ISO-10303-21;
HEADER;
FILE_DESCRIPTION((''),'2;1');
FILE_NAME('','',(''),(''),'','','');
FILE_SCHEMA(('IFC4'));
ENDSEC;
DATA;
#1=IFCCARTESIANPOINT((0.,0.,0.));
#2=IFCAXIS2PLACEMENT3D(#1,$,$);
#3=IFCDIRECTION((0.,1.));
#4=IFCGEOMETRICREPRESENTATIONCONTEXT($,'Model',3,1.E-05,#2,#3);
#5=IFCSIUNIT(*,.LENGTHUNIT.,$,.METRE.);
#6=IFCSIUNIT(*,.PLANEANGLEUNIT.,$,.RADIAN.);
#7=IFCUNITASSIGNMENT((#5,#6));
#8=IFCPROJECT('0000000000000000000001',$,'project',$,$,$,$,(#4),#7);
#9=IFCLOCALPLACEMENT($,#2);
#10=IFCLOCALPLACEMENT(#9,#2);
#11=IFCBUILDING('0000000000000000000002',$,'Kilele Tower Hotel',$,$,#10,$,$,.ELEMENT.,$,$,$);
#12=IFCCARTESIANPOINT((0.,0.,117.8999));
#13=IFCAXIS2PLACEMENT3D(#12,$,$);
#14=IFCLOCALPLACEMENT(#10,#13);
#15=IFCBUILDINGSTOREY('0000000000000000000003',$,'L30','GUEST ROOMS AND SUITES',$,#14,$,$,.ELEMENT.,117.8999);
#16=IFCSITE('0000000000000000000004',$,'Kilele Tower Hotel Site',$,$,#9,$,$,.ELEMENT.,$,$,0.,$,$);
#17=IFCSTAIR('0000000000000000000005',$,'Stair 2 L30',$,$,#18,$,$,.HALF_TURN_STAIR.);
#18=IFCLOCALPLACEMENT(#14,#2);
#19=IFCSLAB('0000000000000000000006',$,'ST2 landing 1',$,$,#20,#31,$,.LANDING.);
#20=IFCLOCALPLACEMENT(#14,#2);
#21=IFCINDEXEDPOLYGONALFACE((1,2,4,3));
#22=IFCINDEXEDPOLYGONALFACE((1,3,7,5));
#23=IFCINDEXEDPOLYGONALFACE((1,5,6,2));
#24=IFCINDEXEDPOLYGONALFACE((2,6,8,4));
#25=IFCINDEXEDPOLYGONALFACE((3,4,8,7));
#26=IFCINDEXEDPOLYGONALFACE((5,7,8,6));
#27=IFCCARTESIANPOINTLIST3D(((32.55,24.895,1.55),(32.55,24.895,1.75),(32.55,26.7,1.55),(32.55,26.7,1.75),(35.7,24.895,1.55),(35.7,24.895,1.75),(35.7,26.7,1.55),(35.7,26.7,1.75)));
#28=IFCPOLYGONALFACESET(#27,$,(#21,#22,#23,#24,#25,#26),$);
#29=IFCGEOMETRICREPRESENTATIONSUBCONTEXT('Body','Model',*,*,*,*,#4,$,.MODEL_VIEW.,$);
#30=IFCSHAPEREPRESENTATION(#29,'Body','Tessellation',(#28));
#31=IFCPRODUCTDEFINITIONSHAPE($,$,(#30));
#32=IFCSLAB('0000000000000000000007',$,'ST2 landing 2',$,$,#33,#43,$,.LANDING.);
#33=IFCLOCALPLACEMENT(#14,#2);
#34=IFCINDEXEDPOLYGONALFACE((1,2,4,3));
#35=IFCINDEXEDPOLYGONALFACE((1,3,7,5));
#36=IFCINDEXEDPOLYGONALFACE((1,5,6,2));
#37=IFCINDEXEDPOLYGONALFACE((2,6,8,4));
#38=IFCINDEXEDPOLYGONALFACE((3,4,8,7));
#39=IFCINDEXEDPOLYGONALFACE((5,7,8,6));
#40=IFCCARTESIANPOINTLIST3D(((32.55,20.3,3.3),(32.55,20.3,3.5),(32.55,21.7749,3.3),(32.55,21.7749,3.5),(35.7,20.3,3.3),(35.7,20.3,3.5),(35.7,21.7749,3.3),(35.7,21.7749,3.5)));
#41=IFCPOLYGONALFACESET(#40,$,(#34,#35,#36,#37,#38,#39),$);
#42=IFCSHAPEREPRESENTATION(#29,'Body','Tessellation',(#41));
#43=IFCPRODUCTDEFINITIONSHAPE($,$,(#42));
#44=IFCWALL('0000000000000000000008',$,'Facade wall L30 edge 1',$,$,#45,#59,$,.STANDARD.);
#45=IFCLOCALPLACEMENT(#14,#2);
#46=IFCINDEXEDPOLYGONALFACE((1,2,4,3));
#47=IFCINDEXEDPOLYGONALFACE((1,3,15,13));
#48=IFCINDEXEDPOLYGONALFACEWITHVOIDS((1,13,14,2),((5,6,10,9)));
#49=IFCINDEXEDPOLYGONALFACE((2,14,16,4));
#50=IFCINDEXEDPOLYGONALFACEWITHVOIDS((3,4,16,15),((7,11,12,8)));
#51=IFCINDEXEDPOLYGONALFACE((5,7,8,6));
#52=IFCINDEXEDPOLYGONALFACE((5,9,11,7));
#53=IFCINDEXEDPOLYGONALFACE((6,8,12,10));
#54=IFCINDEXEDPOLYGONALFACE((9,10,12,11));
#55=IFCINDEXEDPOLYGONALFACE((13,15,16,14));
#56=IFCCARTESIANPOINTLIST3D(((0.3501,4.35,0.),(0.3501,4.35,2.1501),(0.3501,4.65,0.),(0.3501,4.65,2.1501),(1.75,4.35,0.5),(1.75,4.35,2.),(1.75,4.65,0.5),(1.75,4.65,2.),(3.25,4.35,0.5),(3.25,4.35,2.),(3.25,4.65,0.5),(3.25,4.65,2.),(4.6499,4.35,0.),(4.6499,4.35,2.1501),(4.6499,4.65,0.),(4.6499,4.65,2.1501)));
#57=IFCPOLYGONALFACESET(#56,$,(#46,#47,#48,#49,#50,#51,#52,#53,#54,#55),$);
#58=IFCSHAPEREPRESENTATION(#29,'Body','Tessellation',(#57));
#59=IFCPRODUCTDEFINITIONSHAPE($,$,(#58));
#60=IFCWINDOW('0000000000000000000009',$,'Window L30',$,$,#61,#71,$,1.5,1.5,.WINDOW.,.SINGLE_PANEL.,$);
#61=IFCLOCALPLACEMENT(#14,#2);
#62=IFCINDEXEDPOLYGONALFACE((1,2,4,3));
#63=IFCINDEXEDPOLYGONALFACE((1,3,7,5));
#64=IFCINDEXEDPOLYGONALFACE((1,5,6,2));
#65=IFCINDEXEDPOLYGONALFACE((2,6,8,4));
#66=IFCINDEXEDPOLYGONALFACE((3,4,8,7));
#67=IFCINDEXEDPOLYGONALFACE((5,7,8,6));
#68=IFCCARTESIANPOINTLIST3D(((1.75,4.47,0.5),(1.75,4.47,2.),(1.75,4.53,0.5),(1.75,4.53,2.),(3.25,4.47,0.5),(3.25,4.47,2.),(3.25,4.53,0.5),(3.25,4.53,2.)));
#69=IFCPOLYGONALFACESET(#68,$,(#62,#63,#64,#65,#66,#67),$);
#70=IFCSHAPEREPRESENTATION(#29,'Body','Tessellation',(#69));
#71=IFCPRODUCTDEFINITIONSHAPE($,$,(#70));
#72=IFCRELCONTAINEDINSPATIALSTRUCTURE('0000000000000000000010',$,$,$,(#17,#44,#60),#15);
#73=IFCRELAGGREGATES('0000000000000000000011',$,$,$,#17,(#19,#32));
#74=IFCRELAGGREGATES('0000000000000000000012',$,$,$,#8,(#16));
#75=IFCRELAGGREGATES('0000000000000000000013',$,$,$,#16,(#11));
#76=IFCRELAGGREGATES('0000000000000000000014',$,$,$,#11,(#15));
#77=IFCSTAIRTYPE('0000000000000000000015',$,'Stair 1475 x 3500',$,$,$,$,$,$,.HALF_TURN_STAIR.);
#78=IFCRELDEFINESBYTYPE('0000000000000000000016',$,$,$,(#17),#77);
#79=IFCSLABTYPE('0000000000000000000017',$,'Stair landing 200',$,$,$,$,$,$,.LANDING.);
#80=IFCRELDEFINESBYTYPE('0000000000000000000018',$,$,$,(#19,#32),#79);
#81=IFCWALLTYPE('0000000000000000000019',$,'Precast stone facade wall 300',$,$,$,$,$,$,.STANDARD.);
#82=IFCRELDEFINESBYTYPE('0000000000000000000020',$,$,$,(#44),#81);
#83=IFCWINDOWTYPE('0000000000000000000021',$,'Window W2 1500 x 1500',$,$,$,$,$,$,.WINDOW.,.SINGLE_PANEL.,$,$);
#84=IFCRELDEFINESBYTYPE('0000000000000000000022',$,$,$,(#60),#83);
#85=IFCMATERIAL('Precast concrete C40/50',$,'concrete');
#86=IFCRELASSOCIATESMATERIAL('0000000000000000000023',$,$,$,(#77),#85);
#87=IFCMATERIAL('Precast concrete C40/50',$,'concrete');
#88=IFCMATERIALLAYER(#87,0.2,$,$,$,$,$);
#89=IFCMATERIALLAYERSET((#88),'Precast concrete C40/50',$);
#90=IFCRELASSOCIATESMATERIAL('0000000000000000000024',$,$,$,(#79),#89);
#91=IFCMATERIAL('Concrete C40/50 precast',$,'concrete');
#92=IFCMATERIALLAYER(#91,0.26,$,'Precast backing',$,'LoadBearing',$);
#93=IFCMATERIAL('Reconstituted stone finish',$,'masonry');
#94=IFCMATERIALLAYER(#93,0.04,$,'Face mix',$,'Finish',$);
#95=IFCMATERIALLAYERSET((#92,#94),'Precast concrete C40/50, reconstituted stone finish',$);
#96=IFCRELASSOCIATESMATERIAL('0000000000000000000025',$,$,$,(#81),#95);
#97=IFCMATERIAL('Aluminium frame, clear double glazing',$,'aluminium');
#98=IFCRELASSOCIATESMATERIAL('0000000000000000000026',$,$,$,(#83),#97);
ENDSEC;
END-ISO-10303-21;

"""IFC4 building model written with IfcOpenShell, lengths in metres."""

from ifc_helpers import new_model, si_unit, direction, frame, frame_2d, origin, place, context, subcontext, project, spatial, polyline, rectangle, outline, extrude, material, layer, layer_set, type_object, element, fill, aggregate, save


model = new_model("IFC4")

# Units and contexts
model_context = context("Model", 3, precision=1e-05, world=origin(), true_north=direction((0.0, 1.0)))
body_context = subcontext(model_context, "Body", "Model", "MODEL_VIEW")
ifc_project = project(units=[si_unit("LENGTHUNIT", "METRE"), si_unit("PLANEANGLEUNIT", "RADIAN")], contexts=[model_context])

# Site, building, storey
site_placement = place(None, origin())
site = spatial("IfcSite", under=ifc_project, at=site_placement, Name="Kilele Tower Hotel Site", CompositionType="ELEMENT", RefElevation=0.0)
building_placement = place(site_placement, origin())
building = spatial("IfcBuilding", under=site, at=building_placement, Name="Kilele Tower Hotel", CompositionType="ELEMENT")
storey_placement = place(building_placement, frame((0.0, 0.0, 117.8999)))
storey = spatial("IfcBuildingStorey", under=building, at=storey_placement, Name="L30", Description="GUEST ROOMS AND SUITES", CompositionType="ELEMENT", Elevation=117.8999)

# Stair, slabs
ifc_material_1 = material(Name="Precast concrete C40/50", Category="concrete")
stair_type = type_object("IfcStairType", Name="Stair 1475 x 3500", PredefinedType="HALF_TURN_STAIR", material=ifc_material_1)
ifc_material_2 = material(Name="Precast concrete C40/50", Category="concrete")
ifc_layer_1 = layer(ifc_material_2, 0.2)
ifc_layer_set_1 = layer_set([ifc_layer_1], Name="Precast concrete C40/50")
slab_type_1 = type_object("IfcSlabType", Name="Stair landing 200", PredefinedType="LANDING", material=ifc_layer_set_1)
stair_1_placement = place(storey_placement, origin())
stair_1 = element("IfcStair", 1, at=stair_1_placement, inside=storey, type_object=stair_type, Name="Stair 2 L30", PredefinedType="HALF_TURN_STAIR")
slab_1_placement = place(storey_placement, frame((0.0, 0.0, 1.55)))
slab_1 = element("IfcSlab", 2, at=slab_1_placement, type_object=slab_type_1, Name="ST2 landing 1", PredefinedType="LANDING", context=body_context, shape_type="SweptSolid", body=[
    extrude(outline(polyline([(32.55, 24.895), (35.7, 24.895), (35.7, 26.7), (32.55, 26.7), (32.55, 24.895)])), origin(), (0.0, 0.0, 1.0), 0.2),
])
slab_2_placement = place(storey_placement, frame((0.0, 0.0, 3.3)))
slab_2 = element("IfcSlab", 3, at=slab_2_placement, type_object=slab_type_1, Name="ST2 landing 2", PredefinedType="LANDING", context=body_context, shape_type="SweptSolid", body=[
    extrude(outline(polyline([(32.55, 20.3), (35.7, 20.3), (35.7, 21.7749), (32.55, 21.7749), (32.55, 20.3)])), origin(), (0.0, 0.0, 1.0), 0.2),
])
aggregate(stair_1, [slab_1, slab_2])

# Wall, opening, window
ifc_material_3 = material(Name="Concrete C40/50 precast", Category="concrete")
ifc_layer_2 = layer(ifc_material_3, 0.26, Name="Precast backing", Category="LoadBearing")
ifc_material_4 = material(Name="Reconstituted stone finish", Category="masonry")
ifc_layer_3 = layer(ifc_material_4, 0.04, Name="Face mix", Category="Finish")
ifc_layer_set_2 = layer_set([ifc_layer_2, ifc_layer_3], Name="Precast concrete C40/50, reconstituted stone finish")
wall_type = type_object("IfcWallType", Name="Precast stone facade wall 300", PredefinedType="STANDARD", material=ifc_layer_set_2)
wall_1_placement = place(storey_placement, frame((0.3501, 4.5, 0.0), z_axis=(0.0, 0.0, 1.0), x_axis=(1.0, 0.0, 0.0)))
wall_1 = element("IfcWall", 4, at=wall_1_placement, inside=storey, type_object=wall_type, Name="Facade wall L30 edge 1", PredefinedType="STANDARD", context=body_context, shape_type="SweptSolid", body=[
    extrude(rectangle(XDim=4.2998, YDim=0.3, at=frame_2d((2.1499, 0.0))), origin(), (0.0, 0.0, 1.0), 2.1501),
])
opening_1_placement = place(wall_1_placement, frame((1.3999, 0.0, 0.5)))
opening_1 = element("IfcOpeningElement", 5, at=opening_1_placement, cuts=wall_1, PredefinedType="OPENING", context=body_context, shape_type="SweptSolid", body=[
    extrude(rectangle(XDim=1.5, YDim=1.5, at=frame_2d((0.75, 0.75))), frame((0.0, 0.1599, 0.0), z_axis=(0.0, -1.0, 0.0), x_axis=(1.0, 0.0, 0.0)), (0.0, 0.0, 1.0), 0.3201),
])
ifc_material_5 = material(Name="Aluminium frame, clear double glazing", Category="aluminium")
window_type = type_object("IfcWindowType", Name="Window W2 1500 x 1500", PartitioningType="SINGLE_PANEL", PredefinedType="WINDOW", material=ifc_material_5)
window_1_placement = place(opening_1_placement, origin())
window_1 = element("IfcWindow", 6, at=window_1_placement, inside=storey, type_object=window_type, Name="Window L30", OverallHeight=1.5, OverallWidth=1.5, PartitioningType="SINGLE_PANEL", PredefinedType="WINDOW", context=body_context, shape_type="SweptSolid", body=[
    extrude(rectangle(XDim=1.5, YDim=1.5, at=frame_2d((0.75, 0.75))), frame((0.0, 0.03, 0.0), z_axis=(0.0, -1.0, 0.0), x_axis=(1.0, 0.0, 0.0)), (0.0, 0.0, 1.0), 0.0601),
])
fill(opening_1, window_1)

save(model, "model.ifc")
